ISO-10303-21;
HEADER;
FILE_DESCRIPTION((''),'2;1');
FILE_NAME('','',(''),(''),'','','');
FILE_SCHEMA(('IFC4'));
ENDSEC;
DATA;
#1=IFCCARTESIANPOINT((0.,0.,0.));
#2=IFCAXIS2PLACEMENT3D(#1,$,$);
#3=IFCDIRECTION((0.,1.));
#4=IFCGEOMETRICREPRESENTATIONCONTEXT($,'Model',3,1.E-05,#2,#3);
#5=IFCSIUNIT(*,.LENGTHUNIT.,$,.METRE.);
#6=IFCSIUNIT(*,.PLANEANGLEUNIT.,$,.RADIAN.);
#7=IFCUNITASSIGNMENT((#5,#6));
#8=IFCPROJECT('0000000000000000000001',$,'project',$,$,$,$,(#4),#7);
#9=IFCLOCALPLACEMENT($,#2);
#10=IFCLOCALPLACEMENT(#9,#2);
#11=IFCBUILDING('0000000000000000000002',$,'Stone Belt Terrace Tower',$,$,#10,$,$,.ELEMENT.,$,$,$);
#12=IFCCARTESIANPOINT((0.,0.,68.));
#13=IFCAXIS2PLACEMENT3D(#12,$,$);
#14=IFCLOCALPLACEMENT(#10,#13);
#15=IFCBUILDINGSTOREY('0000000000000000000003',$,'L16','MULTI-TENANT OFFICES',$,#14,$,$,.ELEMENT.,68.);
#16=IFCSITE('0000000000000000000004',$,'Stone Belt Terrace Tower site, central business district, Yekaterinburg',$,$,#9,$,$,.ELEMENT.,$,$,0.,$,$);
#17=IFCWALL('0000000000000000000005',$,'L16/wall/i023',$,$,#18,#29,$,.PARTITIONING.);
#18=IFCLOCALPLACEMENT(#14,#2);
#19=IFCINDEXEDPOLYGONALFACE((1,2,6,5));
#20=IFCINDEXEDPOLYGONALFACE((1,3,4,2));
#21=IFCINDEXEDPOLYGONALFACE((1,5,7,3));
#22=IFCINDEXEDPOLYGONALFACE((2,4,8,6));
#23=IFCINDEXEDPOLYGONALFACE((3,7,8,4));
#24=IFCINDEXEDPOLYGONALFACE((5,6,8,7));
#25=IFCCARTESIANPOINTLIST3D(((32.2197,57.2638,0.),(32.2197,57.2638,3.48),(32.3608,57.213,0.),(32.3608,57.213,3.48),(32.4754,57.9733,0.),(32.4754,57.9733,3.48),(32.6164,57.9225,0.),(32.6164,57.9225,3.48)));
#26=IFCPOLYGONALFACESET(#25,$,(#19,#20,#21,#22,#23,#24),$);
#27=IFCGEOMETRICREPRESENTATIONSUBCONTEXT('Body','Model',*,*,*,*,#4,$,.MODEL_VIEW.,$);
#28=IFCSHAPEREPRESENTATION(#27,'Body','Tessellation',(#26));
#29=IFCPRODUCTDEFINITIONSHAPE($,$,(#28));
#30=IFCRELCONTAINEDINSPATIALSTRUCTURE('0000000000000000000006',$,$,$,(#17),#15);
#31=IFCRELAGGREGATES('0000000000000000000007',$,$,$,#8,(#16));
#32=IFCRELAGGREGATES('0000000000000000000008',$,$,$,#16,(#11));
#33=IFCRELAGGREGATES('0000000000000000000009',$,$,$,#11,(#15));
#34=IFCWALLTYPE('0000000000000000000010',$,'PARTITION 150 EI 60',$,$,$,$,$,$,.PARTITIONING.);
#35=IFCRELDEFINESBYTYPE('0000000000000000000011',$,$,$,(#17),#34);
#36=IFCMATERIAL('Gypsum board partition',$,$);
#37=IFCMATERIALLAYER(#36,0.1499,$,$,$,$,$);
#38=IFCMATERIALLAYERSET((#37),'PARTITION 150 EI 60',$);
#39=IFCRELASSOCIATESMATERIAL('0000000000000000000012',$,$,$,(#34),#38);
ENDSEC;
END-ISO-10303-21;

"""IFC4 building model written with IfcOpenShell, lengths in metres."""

from ifc_helpers import new_model, si_unit, direction, frame, frame_2d, origin, place, context, subcontext, project, spatial, rectangle, extrude, material, layer, layer_set, type_object, element, save


model = new_model("IFC4")

# Units and contexts
model_context = context("Model", 3, precision=1e-05, world=origin(), true_north=direction((0.0, 1.0)))
body_context = subcontext(model_context, "Body", "Model", "MODEL_VIEW")
ifc_project = project(units=[si_unit("LENGTHUNIT", "METRE"), si_unit("PLANEANGLEUNIT", "RADIAN")], contexts=[model_context])

# Site, building, storey
site_placement = place(None, origin())
site = spatial("IfcSite", under=ifc_project, at=site_placement, Name="Stone Belt Terrace Tower site, central business district, Yekaterinburg", CompositionType="ELEMENT", RefElevation=0.0)
building_placement = place(site_placement, origin())
building = spatial("IfcBuilding", under=site, at=building_placement, Name="Stone Belt Terrace Tower", CompositionType="ELEMENT")
storey_placement = place(building_placement, frame((0.0, 0.0, 68.0)))
storey = spatial("IfcBuildingStorey", under=building, at=storey_placement, Name="L16", Description="MULTI-TENANT OFFICES", CompositionType="ELEMENT", Elevation=68.0)

# Shared definitions
ifc_material_1 = material(Name="Gypsum board partition")
ifc_layer_1 = layer(ifc_material_1, 0.1499)
ifc_layer_set_1 = layer_set([ifc_layer_1], Name="PARTITION 150 EI 60")
wall_type_1 = type_object("IfcWallType", Name="PARTITION 150 EI 60", PredefinedType="PARTITIONING", material=ifc_layer_set_1)

# Wall
wall_1_placement = place(storey_placement, frame((32.2903, 57.2385, 0.0), z_axis=(0.0, 0.0, 1.0), x_axis=(0.33896, 0.940801, 0.0)))
element("IfcWall", 1, at=wall_1_placement, inside=storey, type_object=wall_type_1, Name="L16/wall/i023", PredefinedType="PARTITIONING", context=body_context, shape_type="SweptSolid", body=[
    extrude(rectangle(XDim=0.7542, YDim=0.1499, at=frame_2d((0.377, 0.0))), origin(), (0.0, 0.0, 1.0), 3.48),
])

save(model, "model.ifc")
